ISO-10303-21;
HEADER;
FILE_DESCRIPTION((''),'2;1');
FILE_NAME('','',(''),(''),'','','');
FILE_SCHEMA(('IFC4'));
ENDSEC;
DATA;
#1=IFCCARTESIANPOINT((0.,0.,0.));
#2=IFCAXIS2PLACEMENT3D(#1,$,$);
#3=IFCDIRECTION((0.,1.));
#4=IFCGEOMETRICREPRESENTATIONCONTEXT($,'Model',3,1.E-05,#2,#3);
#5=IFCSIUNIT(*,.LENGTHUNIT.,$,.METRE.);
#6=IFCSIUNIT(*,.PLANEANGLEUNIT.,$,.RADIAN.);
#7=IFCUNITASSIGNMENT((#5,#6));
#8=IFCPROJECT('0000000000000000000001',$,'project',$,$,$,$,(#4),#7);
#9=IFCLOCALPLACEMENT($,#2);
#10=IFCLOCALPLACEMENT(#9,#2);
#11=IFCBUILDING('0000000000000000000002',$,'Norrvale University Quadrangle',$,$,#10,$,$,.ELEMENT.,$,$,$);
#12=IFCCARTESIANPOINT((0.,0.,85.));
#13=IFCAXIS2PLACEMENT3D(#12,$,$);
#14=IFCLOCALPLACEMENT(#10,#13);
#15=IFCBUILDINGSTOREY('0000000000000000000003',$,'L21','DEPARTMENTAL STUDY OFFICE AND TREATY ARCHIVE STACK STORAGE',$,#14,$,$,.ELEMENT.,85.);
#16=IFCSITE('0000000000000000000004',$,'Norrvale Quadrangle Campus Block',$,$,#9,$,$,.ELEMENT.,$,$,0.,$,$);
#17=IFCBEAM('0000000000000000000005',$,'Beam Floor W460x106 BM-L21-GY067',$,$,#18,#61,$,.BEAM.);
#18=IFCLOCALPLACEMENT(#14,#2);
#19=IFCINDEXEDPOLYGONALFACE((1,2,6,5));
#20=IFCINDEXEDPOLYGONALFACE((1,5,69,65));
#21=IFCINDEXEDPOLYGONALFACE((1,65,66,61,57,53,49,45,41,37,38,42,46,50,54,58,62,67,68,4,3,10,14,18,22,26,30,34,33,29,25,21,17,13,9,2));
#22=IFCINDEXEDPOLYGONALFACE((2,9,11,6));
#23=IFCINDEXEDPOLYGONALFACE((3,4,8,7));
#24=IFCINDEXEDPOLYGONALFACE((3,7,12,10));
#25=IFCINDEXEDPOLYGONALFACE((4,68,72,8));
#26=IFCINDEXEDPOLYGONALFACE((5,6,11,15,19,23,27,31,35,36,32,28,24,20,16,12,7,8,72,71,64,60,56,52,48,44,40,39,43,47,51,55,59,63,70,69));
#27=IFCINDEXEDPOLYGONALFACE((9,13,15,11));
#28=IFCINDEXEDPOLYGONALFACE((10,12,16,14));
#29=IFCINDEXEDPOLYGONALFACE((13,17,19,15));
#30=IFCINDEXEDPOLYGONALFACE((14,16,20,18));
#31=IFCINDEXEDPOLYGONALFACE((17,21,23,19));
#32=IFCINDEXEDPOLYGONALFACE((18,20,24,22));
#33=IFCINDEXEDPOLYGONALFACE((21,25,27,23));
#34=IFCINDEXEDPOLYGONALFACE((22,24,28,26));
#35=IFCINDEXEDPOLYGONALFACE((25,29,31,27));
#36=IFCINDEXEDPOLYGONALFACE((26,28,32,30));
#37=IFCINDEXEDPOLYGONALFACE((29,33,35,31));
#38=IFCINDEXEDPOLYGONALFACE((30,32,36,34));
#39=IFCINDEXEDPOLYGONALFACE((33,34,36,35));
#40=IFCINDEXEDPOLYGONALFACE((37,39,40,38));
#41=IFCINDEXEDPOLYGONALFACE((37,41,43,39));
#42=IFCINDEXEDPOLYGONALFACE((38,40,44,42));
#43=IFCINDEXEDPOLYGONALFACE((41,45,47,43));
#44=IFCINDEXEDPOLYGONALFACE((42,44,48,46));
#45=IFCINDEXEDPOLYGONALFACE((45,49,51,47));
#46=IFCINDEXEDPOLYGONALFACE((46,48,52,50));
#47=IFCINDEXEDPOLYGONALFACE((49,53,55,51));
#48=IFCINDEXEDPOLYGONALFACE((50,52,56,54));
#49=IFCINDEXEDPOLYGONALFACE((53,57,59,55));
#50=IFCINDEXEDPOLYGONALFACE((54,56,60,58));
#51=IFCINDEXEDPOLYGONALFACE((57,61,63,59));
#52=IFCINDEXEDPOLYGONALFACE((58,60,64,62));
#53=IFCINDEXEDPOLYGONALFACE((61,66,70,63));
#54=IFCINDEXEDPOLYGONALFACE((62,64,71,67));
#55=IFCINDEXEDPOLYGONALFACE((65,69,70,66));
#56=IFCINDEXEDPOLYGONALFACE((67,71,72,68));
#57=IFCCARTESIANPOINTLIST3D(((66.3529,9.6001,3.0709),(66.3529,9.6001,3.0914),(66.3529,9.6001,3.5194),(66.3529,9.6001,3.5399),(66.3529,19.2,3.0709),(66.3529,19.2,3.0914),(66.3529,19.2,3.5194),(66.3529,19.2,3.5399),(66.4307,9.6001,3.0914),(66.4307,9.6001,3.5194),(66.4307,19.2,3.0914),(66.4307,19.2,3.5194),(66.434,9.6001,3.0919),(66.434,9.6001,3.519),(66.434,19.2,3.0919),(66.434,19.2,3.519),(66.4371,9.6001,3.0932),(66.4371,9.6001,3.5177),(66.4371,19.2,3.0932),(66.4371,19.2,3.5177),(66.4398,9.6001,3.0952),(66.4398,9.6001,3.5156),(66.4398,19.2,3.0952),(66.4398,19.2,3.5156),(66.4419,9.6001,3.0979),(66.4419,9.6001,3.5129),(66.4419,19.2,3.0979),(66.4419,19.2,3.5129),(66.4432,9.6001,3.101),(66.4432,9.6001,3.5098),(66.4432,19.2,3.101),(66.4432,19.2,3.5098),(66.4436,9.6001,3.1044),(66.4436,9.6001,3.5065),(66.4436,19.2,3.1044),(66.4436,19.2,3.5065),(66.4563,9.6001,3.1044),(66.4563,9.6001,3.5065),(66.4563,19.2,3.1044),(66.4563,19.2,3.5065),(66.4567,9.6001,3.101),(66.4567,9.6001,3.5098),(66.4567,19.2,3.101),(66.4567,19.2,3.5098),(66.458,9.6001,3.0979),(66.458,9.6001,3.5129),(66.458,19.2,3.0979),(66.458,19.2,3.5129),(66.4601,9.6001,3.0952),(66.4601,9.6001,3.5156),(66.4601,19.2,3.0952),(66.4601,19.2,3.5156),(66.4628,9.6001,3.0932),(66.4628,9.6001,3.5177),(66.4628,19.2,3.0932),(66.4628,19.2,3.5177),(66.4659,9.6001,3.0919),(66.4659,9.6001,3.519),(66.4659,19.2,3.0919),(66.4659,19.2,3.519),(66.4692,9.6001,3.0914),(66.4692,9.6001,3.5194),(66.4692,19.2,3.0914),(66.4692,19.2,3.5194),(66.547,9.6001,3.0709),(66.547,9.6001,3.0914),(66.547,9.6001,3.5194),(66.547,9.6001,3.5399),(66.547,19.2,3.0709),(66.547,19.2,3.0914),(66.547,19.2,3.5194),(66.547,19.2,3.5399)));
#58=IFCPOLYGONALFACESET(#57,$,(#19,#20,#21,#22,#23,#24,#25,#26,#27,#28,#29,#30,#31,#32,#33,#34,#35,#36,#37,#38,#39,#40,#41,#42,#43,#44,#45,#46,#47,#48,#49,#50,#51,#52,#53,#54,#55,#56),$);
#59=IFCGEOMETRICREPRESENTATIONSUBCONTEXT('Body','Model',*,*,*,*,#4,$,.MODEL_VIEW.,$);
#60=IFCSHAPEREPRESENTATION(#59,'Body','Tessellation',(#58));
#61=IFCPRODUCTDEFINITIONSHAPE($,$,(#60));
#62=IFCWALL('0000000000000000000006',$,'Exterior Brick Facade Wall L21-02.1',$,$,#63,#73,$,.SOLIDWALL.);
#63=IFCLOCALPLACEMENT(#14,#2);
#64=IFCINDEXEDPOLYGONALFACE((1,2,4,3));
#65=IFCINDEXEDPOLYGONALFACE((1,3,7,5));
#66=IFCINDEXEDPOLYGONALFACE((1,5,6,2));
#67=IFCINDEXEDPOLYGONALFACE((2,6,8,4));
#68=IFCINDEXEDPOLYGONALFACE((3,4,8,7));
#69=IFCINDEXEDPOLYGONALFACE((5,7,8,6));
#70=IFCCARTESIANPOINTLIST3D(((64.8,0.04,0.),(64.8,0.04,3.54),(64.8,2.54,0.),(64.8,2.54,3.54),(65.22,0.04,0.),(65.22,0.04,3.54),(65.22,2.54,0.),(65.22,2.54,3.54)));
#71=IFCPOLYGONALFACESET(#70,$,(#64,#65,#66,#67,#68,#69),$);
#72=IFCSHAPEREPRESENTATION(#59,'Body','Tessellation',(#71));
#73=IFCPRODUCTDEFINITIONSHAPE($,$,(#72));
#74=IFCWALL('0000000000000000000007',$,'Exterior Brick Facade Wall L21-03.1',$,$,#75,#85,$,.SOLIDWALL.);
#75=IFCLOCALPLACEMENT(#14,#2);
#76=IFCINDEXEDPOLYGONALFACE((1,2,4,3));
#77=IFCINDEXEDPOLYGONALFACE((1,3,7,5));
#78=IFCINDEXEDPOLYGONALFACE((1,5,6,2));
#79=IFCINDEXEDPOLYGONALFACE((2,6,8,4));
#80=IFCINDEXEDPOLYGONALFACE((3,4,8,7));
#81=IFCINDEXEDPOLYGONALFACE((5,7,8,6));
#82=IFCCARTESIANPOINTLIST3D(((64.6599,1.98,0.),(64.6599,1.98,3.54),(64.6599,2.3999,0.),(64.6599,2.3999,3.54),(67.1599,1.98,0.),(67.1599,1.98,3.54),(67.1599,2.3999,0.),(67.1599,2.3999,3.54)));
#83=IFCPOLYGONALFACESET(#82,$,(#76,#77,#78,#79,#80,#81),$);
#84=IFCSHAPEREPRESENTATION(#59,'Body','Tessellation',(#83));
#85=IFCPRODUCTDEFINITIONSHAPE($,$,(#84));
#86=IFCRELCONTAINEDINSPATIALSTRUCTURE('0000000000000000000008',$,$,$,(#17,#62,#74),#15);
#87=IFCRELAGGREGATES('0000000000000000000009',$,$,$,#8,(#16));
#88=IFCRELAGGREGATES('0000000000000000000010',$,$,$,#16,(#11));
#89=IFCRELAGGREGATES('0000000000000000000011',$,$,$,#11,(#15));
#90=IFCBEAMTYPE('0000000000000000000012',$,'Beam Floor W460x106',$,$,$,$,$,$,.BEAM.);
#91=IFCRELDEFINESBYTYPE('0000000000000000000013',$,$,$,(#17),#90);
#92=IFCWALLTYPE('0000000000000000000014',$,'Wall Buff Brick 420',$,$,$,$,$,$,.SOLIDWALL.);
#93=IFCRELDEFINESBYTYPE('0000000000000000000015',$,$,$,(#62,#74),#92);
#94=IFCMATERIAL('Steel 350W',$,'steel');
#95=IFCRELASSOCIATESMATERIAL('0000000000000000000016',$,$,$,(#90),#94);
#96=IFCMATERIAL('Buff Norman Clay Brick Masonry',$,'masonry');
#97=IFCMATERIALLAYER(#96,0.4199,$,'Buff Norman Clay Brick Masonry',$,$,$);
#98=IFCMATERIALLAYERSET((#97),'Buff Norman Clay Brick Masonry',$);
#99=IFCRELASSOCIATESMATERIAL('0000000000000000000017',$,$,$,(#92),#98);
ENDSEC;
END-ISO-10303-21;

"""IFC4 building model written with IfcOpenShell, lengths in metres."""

from ifc_helpers import new_model, si_unit, direction, frame, frame_2d, origin, origin_2d, place, context, subcontext, project, spatial, rectangle, i_section, extrude, material, layer, layer_set, material_profile, profile_set, type_object, element, save


model = new_model("IFC4")

# Units and contexts
model_context = context("Model", 3, precision=1e-05, world=origin(), true_north=direction((0.0, 1.0)))
body_context = subcontext(model_context, "Body", "Model", "MODEL_VIEW")
ifc_project = project(units=[si_unit("LENGTHUNIT", "METRE"), si_unit("PLANEANGLEUNIT", "RADIAN")], contexts=[model_context])

# Site, building, storey
site_placement = place(None, origin())
site = spatial("IfcSite", under=ifc_project, at=site_placement, Name="Norrvale Quadrangle Campus Block", CompositionType="ELEMENT", RefElevation=0.0)
building_placement = place(site_placement, origin())
building = spatial("IfcBuilding", under=site, at=building_placement, Name="Norrvale University Quadrangle", CompositionType="ELEMENT")
storey_placement = place(building_placement, frame((0.0, 0.0, 85.0)))
storey = spatial("IfcBuildingStorey", under=building, at=storey_placement, Name="L21", Description="DEPARTMENTAL STUDY OFFICE AND TREATY ARCHIVE STACK STORAGE", CompositionType="ELEMENT", Elevation=85.0)

# Beam
ifc_material_1 = material(Name="Steel 350W", Category="steel")
ifc_material_profile_1 = material_profile(ifc_material_1, i_section(OverallWidth=0.1941, OverallDepth=0.469, WebThickness=0.0127, FlangeThickness=0.0205, FilletRadius=0.0129, at=origin_2d()), Name="Steel 350W")
ifc_profile_set_1 = profile_set([ifc_material_profile_1], Name="Steel 350W")
beam_type_1 = type_object("IfcBeamType", Name="Beam Floor W460x106", PredefinedType="BEAM", material=ifc_profile_set_1)
beam_1_placement = place(storey_placement, frame((66.45, 9.6001, 3.3054), z_axis=(0.0, 1.0, 0.0), x_axis=(-1.0, 0.0, 0.0)))
element("IfcBeam", 1, at=beam_1_placement, inside=storey, type_object=beam_type_1, Name="Beam Floor W460x106 BM-L21-GY067", PredefinedType="BEAM", context=body_context, shape_type="SweptSolid", body=[
    extrude(i_section(OverallWidth=0.1941, OverallDepth=0.469, WebThickness=0.0127, FlangeThickness=0.0205, FilletRadius=0.0129, at=origin_2d()), origin(), (0.0, 0.0, 1.0), 9.5999),
])

# Walls
ifc_material_2 = material(Name="Buff Norman Clay Brick Masonry", Category="masonry")
ifc_layer_1 = layer(ifc_material_2, 0.4199, Name="Buff Norman Clay Brick Masonry")
ifc_layer_set_1 = layer_set([ifc_layer_1], Name="Buff Norman Clay Brick Masonry")
wall_type_1 = type_object("IfcWallType", Name="Wall Buff Brick 420", PredefinedType="SOLIDWALL", material=ifc_layer_set_1)
for number, where, z_axis, x_axis, name in (
    (2, (65.01, 0.04, 0.0), (0.0, 0.0, 1.0), (0.0, 1.0, 0.0), "Exterior Brick Facade Wall L21-02.1"),
    (3, (64.6599, 2.1899, 0.0), (0.0, 0.0, 1.0), (1.0, 0.0, 0.0), "Exterior Brick Facade Wall L21-03.1"),
):
    element("IfcWall", number, at=place(storey_placement, frame(where, z_axis=z_axis, x_axis=x_axis)), inside=storey, type_object=wall_type_1, Name=name, PredefinedType="SOLIDWALL", context=body_context, shape_type="SweptSolid", body=[
        extrude(rectangle(XDim=2.5, YDim=0.4199, at=frame_2d((1.25, 0.0))), origin(), (0.0, 0.0, 1.0), 3.54),
    ])

save(model, "model.ifc")
